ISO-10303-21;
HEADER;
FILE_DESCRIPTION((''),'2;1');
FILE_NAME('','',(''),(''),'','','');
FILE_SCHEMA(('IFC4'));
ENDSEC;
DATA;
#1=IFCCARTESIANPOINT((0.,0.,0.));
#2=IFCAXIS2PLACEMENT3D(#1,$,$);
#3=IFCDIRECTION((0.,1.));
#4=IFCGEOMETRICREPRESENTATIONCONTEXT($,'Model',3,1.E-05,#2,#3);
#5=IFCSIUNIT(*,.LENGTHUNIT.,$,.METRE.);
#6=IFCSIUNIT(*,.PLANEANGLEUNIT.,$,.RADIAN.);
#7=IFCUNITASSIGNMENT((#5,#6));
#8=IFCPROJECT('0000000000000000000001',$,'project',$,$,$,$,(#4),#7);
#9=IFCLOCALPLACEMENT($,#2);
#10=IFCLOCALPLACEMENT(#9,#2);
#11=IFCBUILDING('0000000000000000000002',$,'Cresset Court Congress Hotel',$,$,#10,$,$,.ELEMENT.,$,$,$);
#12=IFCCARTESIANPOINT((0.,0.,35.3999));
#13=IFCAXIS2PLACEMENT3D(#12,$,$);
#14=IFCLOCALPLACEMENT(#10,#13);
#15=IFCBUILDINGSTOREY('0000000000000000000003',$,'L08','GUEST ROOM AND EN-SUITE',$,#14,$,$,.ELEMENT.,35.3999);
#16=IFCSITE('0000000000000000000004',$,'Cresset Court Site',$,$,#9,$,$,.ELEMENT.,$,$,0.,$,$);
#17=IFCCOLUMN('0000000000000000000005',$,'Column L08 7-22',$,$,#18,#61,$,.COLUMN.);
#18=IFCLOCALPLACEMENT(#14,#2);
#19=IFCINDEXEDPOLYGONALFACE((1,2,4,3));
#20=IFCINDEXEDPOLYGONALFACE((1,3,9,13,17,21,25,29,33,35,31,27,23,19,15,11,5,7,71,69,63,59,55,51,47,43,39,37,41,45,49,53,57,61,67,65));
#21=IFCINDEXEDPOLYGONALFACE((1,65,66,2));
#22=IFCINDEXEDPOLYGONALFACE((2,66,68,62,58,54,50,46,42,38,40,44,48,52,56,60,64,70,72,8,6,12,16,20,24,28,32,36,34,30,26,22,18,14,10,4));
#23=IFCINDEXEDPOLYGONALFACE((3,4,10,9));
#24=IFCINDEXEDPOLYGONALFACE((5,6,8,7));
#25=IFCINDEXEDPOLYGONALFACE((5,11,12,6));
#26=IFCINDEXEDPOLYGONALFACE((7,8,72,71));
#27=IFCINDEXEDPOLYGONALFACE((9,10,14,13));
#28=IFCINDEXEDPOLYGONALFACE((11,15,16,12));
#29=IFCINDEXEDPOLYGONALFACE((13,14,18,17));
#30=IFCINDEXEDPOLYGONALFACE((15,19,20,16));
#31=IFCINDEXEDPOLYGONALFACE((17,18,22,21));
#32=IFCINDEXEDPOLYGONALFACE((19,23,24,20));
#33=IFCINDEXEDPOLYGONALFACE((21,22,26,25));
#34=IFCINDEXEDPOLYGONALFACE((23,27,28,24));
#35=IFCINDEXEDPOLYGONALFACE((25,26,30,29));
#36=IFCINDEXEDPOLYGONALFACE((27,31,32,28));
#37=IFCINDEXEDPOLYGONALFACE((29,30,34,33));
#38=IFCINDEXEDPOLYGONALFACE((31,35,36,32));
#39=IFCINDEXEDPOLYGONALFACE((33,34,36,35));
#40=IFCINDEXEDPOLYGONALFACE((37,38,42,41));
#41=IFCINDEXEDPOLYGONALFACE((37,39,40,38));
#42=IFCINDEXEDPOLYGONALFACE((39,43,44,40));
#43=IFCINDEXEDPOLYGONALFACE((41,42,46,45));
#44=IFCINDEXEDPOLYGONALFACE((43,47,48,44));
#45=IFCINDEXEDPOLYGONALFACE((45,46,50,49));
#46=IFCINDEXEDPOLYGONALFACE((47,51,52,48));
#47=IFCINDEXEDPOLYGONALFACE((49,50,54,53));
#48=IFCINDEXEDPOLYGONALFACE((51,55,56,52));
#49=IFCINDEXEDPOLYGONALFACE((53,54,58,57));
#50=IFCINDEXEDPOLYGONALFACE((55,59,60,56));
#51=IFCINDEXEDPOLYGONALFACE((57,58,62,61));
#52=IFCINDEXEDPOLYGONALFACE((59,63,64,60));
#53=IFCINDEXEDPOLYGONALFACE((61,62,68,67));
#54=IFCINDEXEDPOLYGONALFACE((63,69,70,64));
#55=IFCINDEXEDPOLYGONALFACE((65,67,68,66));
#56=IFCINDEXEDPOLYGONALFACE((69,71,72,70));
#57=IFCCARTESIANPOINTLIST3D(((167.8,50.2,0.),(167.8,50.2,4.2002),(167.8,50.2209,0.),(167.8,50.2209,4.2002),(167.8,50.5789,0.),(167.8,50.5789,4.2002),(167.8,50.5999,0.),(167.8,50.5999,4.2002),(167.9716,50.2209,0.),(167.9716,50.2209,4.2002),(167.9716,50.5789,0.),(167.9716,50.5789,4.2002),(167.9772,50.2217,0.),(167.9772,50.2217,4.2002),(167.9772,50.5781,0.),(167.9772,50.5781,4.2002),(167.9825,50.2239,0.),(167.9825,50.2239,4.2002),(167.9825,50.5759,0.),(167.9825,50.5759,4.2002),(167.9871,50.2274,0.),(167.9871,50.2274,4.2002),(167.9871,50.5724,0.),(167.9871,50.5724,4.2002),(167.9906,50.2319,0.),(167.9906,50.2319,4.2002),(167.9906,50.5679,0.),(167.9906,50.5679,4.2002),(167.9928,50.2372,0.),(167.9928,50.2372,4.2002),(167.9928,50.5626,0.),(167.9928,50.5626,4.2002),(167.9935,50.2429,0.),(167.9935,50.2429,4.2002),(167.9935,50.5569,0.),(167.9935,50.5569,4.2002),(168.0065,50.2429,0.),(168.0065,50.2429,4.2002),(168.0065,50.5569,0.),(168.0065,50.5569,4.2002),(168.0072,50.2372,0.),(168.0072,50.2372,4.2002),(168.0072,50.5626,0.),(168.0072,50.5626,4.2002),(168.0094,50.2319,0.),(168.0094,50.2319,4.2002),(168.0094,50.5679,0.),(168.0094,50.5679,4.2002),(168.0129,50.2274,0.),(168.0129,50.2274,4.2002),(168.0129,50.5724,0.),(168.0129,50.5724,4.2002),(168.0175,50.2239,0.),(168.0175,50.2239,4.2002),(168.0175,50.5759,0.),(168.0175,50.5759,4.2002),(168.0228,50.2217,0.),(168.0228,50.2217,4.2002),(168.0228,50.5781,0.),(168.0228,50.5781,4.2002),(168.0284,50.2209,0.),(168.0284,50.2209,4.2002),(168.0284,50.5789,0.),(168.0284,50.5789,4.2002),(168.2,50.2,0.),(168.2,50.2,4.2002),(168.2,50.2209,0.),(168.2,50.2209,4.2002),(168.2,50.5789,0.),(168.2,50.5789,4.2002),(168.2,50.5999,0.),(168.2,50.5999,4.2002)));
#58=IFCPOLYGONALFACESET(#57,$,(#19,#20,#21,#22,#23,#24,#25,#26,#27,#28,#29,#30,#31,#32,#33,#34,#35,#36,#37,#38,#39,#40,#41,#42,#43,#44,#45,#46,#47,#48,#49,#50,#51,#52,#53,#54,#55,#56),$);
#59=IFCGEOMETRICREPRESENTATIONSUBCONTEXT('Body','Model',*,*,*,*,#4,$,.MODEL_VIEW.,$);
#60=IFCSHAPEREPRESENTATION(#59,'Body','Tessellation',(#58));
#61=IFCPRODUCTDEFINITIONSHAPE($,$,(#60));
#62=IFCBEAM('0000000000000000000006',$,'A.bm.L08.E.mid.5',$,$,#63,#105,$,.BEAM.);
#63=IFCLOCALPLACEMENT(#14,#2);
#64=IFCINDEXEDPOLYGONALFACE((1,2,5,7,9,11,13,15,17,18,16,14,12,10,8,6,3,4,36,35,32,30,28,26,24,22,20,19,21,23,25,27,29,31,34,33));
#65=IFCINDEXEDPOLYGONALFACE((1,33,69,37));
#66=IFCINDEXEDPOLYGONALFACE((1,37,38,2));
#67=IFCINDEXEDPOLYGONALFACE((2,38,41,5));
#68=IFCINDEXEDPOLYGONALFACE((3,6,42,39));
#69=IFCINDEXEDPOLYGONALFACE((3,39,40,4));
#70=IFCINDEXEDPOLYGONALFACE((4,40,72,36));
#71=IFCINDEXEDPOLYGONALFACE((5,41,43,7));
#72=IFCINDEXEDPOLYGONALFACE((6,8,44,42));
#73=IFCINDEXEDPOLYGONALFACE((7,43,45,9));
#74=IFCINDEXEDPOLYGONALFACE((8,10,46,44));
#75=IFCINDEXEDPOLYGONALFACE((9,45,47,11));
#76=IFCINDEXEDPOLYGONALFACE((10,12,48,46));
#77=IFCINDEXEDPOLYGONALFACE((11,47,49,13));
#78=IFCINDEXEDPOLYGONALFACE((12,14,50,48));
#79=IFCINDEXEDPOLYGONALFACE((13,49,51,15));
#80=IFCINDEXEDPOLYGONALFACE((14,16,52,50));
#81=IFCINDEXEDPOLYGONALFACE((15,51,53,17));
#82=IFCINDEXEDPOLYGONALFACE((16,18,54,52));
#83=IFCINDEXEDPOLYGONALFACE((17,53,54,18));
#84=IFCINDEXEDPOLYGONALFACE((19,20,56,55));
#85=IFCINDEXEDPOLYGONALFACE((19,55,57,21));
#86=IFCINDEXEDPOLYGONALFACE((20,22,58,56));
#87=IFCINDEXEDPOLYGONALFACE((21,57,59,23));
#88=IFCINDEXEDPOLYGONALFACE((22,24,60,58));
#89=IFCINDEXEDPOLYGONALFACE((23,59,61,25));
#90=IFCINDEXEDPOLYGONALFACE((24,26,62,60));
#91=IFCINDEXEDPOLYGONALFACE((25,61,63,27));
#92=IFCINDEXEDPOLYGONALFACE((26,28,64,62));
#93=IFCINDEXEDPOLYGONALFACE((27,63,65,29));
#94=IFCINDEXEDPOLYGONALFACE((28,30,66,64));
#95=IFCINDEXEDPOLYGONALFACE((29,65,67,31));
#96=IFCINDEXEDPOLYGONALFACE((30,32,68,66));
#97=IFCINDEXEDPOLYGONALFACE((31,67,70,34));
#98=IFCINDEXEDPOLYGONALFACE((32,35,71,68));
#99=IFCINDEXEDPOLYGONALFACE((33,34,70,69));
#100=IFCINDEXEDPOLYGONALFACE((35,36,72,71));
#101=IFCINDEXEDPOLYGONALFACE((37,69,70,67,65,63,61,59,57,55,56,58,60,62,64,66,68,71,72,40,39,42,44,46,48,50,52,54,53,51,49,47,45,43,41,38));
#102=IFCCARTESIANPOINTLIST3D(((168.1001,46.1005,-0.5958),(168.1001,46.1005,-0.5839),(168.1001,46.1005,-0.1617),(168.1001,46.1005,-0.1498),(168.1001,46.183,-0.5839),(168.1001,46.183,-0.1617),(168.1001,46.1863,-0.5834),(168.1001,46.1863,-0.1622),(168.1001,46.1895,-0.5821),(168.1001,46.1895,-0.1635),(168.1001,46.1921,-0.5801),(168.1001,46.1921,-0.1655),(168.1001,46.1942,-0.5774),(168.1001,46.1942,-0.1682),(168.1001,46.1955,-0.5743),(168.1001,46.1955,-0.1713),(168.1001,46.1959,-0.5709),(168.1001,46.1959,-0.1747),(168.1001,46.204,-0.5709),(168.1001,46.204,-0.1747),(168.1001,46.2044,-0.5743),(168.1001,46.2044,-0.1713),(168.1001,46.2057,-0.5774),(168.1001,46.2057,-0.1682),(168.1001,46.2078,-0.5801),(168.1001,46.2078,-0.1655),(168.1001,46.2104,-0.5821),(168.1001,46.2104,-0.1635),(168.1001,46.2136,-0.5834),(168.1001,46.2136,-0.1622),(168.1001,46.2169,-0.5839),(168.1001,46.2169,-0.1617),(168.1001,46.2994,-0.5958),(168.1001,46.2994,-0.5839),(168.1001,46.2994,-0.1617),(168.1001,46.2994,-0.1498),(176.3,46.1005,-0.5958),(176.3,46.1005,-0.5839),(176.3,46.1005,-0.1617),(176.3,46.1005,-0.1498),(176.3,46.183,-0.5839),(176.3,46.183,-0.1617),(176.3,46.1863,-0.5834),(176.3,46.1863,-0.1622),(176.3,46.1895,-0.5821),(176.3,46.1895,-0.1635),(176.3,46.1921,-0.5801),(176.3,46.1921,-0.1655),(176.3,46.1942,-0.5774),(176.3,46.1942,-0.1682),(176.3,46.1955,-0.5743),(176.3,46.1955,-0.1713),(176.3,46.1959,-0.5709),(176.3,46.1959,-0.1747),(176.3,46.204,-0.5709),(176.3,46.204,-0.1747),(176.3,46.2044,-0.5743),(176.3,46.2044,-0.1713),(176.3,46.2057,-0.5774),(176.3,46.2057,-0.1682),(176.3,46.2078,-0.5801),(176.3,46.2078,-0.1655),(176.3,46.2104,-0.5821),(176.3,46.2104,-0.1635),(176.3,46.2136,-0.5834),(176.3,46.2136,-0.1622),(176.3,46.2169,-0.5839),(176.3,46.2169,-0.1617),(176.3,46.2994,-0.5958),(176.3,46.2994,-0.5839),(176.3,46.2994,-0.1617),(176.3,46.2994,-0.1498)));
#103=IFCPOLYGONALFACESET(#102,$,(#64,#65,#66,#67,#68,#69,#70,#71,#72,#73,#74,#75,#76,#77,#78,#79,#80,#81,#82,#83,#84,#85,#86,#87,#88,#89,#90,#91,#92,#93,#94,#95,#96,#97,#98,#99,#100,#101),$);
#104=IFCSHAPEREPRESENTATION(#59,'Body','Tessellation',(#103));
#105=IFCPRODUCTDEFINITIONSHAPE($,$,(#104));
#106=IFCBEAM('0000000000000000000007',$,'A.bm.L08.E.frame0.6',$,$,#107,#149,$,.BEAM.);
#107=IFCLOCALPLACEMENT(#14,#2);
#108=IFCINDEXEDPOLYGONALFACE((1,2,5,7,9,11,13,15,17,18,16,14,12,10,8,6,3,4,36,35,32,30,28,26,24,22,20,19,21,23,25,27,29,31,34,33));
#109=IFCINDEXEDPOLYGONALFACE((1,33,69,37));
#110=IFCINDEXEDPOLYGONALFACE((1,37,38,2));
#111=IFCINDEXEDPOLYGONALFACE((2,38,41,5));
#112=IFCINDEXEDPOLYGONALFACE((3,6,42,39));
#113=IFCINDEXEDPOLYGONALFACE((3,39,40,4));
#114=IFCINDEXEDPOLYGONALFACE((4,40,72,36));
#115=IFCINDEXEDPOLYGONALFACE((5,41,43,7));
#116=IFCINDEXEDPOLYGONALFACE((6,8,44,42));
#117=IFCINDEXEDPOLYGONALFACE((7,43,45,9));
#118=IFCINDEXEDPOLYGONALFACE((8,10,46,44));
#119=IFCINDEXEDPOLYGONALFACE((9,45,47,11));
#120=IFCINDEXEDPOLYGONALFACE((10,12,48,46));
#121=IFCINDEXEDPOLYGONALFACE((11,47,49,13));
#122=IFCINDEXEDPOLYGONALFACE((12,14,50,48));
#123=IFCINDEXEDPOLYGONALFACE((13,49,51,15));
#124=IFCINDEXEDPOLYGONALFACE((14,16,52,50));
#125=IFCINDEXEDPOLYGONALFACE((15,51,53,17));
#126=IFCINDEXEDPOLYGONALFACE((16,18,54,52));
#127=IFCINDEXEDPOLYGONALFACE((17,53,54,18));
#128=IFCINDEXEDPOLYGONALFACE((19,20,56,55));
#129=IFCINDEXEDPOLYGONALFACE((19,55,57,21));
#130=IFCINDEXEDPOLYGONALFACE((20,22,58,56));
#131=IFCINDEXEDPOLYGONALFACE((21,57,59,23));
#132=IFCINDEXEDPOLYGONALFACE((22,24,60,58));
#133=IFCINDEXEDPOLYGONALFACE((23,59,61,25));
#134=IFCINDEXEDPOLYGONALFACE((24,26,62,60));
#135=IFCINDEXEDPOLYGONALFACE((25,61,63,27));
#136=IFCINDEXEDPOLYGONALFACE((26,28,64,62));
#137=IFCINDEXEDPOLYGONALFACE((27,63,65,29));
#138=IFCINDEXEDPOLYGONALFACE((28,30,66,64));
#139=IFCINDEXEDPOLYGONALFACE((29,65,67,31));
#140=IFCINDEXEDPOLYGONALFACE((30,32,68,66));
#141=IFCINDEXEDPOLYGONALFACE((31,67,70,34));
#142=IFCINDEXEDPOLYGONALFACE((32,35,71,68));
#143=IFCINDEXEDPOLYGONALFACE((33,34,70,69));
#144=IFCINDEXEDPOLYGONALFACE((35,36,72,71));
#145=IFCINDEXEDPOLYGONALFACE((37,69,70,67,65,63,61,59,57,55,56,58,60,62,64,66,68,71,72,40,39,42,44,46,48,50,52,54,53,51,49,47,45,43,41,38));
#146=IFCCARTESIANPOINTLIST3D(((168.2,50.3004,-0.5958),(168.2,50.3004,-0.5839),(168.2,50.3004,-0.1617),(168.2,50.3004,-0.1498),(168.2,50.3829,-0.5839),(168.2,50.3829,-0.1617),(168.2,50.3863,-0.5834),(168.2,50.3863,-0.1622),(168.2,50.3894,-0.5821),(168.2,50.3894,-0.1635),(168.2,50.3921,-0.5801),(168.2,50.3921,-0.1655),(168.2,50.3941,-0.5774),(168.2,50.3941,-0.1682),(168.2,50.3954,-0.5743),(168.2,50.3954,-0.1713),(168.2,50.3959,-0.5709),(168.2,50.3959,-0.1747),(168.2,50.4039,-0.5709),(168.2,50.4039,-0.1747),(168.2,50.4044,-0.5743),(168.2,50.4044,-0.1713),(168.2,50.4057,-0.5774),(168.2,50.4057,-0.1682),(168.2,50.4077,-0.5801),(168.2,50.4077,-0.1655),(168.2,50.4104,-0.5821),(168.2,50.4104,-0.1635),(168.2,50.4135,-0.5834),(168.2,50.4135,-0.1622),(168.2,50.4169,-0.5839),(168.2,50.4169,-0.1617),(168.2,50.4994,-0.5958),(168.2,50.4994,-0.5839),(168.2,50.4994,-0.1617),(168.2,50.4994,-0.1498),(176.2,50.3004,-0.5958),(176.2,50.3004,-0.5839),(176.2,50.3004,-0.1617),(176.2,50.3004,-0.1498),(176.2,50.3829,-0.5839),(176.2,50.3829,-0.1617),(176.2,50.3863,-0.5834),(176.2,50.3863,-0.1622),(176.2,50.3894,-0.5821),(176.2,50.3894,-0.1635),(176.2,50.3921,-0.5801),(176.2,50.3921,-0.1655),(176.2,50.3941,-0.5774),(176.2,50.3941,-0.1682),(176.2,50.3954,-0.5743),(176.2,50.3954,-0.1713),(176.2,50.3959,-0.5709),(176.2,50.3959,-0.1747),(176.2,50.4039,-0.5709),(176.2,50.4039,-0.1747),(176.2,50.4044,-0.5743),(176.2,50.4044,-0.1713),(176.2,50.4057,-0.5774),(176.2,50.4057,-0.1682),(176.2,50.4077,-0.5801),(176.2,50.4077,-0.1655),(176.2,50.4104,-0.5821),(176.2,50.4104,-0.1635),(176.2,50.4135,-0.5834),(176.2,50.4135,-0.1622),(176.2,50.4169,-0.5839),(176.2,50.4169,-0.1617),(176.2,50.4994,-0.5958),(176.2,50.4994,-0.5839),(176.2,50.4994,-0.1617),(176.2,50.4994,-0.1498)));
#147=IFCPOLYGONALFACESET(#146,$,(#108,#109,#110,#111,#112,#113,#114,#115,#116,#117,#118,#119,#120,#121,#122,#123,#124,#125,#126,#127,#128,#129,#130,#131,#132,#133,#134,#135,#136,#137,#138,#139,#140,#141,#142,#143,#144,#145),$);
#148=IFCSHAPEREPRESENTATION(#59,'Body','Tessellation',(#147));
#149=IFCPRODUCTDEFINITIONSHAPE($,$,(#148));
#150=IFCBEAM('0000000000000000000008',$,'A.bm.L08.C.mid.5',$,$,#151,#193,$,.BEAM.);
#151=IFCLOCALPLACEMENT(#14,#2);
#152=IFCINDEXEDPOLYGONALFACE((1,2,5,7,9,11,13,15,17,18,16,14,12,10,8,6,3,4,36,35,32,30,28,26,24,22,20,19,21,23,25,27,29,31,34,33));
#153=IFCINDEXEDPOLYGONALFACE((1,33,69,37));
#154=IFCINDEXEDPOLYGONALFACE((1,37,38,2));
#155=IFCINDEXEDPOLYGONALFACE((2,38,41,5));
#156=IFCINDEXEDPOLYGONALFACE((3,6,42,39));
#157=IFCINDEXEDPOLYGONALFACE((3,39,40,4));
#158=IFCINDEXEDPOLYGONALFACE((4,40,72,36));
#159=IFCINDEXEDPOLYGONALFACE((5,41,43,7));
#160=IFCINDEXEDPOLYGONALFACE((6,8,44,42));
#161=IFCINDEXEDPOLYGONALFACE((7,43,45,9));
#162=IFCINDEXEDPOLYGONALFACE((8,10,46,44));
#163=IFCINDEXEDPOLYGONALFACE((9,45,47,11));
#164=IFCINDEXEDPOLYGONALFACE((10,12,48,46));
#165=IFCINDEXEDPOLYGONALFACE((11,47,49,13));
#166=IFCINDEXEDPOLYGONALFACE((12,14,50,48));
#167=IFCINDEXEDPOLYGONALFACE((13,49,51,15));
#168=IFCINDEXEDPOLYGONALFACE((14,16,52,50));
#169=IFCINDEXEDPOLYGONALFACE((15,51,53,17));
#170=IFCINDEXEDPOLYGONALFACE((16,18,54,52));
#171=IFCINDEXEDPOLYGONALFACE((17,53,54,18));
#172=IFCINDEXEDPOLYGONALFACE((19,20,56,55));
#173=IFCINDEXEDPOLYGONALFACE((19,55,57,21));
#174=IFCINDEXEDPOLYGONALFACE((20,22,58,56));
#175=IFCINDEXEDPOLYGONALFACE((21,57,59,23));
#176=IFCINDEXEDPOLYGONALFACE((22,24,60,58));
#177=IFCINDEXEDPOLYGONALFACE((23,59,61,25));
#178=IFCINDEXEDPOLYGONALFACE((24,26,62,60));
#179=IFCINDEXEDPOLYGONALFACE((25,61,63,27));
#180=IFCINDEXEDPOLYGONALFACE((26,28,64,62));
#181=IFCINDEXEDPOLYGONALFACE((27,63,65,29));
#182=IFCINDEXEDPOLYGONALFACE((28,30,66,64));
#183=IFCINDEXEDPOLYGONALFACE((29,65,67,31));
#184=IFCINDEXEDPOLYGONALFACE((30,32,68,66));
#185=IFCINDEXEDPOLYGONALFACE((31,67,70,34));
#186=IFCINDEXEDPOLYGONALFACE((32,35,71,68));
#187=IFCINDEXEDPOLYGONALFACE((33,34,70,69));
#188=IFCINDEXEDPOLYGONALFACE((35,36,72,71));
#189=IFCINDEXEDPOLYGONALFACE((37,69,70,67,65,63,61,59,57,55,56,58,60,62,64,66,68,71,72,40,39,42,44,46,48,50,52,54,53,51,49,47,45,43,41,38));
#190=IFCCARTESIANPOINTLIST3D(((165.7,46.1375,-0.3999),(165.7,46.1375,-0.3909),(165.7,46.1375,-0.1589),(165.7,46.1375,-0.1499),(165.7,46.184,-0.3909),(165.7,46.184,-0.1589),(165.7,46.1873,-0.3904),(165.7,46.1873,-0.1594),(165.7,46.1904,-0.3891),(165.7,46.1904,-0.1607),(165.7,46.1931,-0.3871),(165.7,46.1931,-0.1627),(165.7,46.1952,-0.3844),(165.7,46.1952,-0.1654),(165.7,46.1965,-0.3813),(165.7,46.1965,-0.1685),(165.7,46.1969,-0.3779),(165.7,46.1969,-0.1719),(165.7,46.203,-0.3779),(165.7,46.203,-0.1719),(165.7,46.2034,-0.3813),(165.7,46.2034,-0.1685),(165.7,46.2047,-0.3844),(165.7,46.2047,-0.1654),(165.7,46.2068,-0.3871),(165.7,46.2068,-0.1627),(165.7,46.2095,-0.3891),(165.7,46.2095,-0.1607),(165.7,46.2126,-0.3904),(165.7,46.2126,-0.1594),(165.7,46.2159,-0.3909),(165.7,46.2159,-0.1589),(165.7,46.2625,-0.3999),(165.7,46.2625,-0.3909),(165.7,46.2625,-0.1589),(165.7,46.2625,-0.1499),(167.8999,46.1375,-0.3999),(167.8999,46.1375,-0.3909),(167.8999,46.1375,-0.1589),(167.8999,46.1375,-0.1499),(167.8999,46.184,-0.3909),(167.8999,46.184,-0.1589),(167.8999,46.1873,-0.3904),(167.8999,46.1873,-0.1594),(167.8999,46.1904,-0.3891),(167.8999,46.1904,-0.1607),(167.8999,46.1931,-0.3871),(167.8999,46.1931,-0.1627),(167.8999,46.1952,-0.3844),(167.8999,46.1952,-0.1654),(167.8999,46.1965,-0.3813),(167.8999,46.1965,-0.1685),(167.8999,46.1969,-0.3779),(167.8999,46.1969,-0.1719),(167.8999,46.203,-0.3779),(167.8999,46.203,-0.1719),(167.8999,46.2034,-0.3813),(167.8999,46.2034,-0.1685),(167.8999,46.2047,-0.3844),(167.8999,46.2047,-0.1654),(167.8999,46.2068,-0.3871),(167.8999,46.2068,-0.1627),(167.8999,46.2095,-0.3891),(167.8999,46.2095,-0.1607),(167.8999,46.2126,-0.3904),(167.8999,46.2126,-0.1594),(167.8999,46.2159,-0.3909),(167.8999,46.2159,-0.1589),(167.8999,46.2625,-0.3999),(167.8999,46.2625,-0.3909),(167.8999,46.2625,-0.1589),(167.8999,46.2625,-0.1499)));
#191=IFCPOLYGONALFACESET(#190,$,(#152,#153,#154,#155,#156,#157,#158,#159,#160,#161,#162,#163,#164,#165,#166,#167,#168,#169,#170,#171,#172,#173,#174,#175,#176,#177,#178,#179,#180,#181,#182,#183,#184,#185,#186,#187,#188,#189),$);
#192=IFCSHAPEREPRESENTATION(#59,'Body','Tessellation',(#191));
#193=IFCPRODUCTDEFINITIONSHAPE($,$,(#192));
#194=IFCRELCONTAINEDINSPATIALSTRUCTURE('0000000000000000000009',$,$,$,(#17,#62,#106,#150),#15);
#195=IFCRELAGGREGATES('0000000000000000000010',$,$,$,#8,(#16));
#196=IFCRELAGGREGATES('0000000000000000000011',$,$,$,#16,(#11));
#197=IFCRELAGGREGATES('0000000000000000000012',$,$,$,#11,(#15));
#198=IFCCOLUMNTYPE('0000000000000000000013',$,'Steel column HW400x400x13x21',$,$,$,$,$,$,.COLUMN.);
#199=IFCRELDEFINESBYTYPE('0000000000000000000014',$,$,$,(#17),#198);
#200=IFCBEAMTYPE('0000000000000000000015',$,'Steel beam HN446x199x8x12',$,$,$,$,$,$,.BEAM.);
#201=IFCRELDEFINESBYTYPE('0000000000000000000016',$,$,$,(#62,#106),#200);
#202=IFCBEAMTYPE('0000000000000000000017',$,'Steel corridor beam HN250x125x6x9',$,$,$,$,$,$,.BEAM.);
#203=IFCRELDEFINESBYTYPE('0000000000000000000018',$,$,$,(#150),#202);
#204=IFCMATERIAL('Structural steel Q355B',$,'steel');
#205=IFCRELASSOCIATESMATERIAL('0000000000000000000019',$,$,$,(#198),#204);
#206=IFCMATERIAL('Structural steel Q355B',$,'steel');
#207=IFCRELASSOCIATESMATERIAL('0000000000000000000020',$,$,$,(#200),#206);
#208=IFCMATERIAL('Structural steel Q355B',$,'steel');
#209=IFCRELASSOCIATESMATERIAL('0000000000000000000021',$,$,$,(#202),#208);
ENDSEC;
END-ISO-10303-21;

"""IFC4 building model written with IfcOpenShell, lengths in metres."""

from ifc_helpers import new_model, si_unit, direction, frame, origin, origin_2d, place, context, subcontext, project, spatial, i_section, extrude, material, material_profile, profile_set, type_object, element, save


model = new_model("IFC4")

# Units and contexts
model_context = context("Model", 3, precision=1e-05, world=origin(), true_north=direction((0.0, 1.0)))
body_context = subcontext(model_context, "Body", "Model", "MODEL_VIEW")
ifc_project = project(units=[si_unit("LENGTHUNIT", "METRE"), si_unit("PLANEANGLEUNIT", "RADIAN")], contexts=[model_context])

# Site, building, storey
site_placement = place(None, origin())
site = spatial("IfcSite", under=ifc_project, at=site_placement, Name="Cresset Court Site", CompositionType="ELEMENT", RefElevation=0.0)
building_placement = place(site_placement, origin())
building = spatial("IfcBuilding", under=site, at=building_placement, Name="Cresset Court Congress Hotel", CompositionType="ELEMENT")
storey_placement = place(building_placement, frame((0.0, 0.0, 35.3999)))
storey = spatial("IfcBuildingStorey", under=building, at=storey_placement, Name="L08", Description="GUEST ROOM AND EN-SUITE", CompositionType="ELEMENT", Elevation=35.3999)

# Column
ifc_material_1 = material(Name="Structural steel Q355B", Category="steel")
ifc_material_profile_1 = material_profile(ifc_material_1, i_section(OverallWidth=0.3999, OverallDepth=0.3999, WebThickness=0.0129, FlangeThickness=0.021, FilletRadius=0.022, at=origin_2d()), Name="HW400x400x13x21")
ifc_profile_set_1 = profile_set([ifc_material_profile_1], Name="Structural steel Q355B")
column_type = type_object("IfcColumnType", Name="Steel column HW400x400x13x21", PredefinedType="COLUMN", material=ifc_profile_set_1)
column_placement = place(storey_placement, frame((168.0, 50.3999, 0.0), z_axis=(0.0, 0.0, 1.0), x_axis=(1.0, 0.0, 0.0)))
element("IfcColumn", 1, at=column_placement, inside=storey, type_object=column_type, Name="Column L08 7-22", PredefinedType="COLUMN", context=body_context, shape_type="SweptSolid", body=[
    extrude(i_section(OverallWidth=0.3999, OverallDepth=0.3999, WebThickness=0.0129, FlangeThickness=0.021, FilletRadius=0.022, at=origin_2d()), origin(), (0.0, 0.0, 1.0), 4.2002),
])

# Beams
ifc_material_2 = material(Name="Structural steel Q355B", Category="steel")
ifc_material_profile_2 = material_profile(ifc_material_2, i_section(OverallWidth=0.199, OverallDepth=0.446, WebThickness=0.0081, FlangeThickness=0.012, FilletRadius=0.0129, at=origin_2d()), Name="HN446x199x8x12")
ifc_profile_set_2 = profile_set([ifc_material_profile_2], Name="Structural steel Q355B")
beam_type_1 = type_object("IfcBeamType", Name="Steel beam HN446x199x8x12", PredefinedType="BEAM", material=ifc_profile_set_2)
beam_1_placement = place(storey_placement, frame((168.1001, 46.2, -0.3728), z_axis=(1.0, 0.0, 0.0), x_axis=(0.0, 1.0, 0.0)))
element("IfcBeam", 2, at=beam_1_placement, inside=storey, type_object=beam_type_1, Name="A.bm.L08.E.mid.5", PredefinedType="BEAM", context=body_context, shape_type="SweptSolid", body=[
    extrude(i_section(OverallWidth=0.199, OverallDepth=0.446, WebThickness=0.0081, FlangeThickness=0.012, FilletRadius=0.0129, at=origin_2d()), origin(), (0.0, 0.0, 1.0), 8.2),
])
beam_2_placement = place(storey_placement, frame((168.2, 50.3999, -0.3728), z_axis=(1.0, 0.0, 0.0), x_axis=(0.0, 1.0, 0.0)))
element("IfcBeam", 3, at=beam_2_placement, inside=storey, type_object=beam_type_1, Name="A.bm.L08.E.frame0.6", PredefinedType="BEAM", context=body_context, shape_type="SweptSolid", body=[
    extrude(i_section(OverallWidth=0.199, OverallDepth=0.446, WebThickness=0.0081, FlangeThickness=0.012, FilletRadius=0.0129, at=origin_2d()), origin(), (0.0, 0.0, 1.0), 8.0),
])
ifc_material_3 = material(Name="Structural steel Q355B", Category="steel")
ifc_material_profile_3 = material_profile(ifc_material_3, i_section(OverallWidth=0.125, OverallDepth=0.25, WebThickness=0.0061, FlangeThickness=0.009, FilletRadius=0.0129, at=origin_2d()), Name="HN250x125x6x9")
ifc_profile_set_3 = profile_set([ifc_material_profile_3], Name="Structural steel Q355B")
beam_type_2 = type_object("IfcBeamType", Name="Steel corridor beam HN250x125x6x9", PredefinedType="BEAM", material=ifc_profile_set_3)
beam_3_placement = place(storey_placement, frame((165.7, 46.2, -0.2749), z_axis=(1.0, 0.0, 0.0), x_axis=(0.0, 1.0, 0.0)))
element("IfcBeam", 4, at=beam_3_placement, inside=storey, type_object=beam_type_2, Name="A.bm.L08.C.mid.5", PredefinedType="BEAM", context=body_context, shape_type="SweptSolid", body=[
    extrude(i_section(OverallWidth=0.125, OverallDepth=0.25, WebThickness=0.0061, FlangeThickness=0.009, FilletRadius=0.0129, at=origin_2d()), origin(), (0.0, 0.0, 1.0), 2.2),
])

save(model, "model.ifc")
